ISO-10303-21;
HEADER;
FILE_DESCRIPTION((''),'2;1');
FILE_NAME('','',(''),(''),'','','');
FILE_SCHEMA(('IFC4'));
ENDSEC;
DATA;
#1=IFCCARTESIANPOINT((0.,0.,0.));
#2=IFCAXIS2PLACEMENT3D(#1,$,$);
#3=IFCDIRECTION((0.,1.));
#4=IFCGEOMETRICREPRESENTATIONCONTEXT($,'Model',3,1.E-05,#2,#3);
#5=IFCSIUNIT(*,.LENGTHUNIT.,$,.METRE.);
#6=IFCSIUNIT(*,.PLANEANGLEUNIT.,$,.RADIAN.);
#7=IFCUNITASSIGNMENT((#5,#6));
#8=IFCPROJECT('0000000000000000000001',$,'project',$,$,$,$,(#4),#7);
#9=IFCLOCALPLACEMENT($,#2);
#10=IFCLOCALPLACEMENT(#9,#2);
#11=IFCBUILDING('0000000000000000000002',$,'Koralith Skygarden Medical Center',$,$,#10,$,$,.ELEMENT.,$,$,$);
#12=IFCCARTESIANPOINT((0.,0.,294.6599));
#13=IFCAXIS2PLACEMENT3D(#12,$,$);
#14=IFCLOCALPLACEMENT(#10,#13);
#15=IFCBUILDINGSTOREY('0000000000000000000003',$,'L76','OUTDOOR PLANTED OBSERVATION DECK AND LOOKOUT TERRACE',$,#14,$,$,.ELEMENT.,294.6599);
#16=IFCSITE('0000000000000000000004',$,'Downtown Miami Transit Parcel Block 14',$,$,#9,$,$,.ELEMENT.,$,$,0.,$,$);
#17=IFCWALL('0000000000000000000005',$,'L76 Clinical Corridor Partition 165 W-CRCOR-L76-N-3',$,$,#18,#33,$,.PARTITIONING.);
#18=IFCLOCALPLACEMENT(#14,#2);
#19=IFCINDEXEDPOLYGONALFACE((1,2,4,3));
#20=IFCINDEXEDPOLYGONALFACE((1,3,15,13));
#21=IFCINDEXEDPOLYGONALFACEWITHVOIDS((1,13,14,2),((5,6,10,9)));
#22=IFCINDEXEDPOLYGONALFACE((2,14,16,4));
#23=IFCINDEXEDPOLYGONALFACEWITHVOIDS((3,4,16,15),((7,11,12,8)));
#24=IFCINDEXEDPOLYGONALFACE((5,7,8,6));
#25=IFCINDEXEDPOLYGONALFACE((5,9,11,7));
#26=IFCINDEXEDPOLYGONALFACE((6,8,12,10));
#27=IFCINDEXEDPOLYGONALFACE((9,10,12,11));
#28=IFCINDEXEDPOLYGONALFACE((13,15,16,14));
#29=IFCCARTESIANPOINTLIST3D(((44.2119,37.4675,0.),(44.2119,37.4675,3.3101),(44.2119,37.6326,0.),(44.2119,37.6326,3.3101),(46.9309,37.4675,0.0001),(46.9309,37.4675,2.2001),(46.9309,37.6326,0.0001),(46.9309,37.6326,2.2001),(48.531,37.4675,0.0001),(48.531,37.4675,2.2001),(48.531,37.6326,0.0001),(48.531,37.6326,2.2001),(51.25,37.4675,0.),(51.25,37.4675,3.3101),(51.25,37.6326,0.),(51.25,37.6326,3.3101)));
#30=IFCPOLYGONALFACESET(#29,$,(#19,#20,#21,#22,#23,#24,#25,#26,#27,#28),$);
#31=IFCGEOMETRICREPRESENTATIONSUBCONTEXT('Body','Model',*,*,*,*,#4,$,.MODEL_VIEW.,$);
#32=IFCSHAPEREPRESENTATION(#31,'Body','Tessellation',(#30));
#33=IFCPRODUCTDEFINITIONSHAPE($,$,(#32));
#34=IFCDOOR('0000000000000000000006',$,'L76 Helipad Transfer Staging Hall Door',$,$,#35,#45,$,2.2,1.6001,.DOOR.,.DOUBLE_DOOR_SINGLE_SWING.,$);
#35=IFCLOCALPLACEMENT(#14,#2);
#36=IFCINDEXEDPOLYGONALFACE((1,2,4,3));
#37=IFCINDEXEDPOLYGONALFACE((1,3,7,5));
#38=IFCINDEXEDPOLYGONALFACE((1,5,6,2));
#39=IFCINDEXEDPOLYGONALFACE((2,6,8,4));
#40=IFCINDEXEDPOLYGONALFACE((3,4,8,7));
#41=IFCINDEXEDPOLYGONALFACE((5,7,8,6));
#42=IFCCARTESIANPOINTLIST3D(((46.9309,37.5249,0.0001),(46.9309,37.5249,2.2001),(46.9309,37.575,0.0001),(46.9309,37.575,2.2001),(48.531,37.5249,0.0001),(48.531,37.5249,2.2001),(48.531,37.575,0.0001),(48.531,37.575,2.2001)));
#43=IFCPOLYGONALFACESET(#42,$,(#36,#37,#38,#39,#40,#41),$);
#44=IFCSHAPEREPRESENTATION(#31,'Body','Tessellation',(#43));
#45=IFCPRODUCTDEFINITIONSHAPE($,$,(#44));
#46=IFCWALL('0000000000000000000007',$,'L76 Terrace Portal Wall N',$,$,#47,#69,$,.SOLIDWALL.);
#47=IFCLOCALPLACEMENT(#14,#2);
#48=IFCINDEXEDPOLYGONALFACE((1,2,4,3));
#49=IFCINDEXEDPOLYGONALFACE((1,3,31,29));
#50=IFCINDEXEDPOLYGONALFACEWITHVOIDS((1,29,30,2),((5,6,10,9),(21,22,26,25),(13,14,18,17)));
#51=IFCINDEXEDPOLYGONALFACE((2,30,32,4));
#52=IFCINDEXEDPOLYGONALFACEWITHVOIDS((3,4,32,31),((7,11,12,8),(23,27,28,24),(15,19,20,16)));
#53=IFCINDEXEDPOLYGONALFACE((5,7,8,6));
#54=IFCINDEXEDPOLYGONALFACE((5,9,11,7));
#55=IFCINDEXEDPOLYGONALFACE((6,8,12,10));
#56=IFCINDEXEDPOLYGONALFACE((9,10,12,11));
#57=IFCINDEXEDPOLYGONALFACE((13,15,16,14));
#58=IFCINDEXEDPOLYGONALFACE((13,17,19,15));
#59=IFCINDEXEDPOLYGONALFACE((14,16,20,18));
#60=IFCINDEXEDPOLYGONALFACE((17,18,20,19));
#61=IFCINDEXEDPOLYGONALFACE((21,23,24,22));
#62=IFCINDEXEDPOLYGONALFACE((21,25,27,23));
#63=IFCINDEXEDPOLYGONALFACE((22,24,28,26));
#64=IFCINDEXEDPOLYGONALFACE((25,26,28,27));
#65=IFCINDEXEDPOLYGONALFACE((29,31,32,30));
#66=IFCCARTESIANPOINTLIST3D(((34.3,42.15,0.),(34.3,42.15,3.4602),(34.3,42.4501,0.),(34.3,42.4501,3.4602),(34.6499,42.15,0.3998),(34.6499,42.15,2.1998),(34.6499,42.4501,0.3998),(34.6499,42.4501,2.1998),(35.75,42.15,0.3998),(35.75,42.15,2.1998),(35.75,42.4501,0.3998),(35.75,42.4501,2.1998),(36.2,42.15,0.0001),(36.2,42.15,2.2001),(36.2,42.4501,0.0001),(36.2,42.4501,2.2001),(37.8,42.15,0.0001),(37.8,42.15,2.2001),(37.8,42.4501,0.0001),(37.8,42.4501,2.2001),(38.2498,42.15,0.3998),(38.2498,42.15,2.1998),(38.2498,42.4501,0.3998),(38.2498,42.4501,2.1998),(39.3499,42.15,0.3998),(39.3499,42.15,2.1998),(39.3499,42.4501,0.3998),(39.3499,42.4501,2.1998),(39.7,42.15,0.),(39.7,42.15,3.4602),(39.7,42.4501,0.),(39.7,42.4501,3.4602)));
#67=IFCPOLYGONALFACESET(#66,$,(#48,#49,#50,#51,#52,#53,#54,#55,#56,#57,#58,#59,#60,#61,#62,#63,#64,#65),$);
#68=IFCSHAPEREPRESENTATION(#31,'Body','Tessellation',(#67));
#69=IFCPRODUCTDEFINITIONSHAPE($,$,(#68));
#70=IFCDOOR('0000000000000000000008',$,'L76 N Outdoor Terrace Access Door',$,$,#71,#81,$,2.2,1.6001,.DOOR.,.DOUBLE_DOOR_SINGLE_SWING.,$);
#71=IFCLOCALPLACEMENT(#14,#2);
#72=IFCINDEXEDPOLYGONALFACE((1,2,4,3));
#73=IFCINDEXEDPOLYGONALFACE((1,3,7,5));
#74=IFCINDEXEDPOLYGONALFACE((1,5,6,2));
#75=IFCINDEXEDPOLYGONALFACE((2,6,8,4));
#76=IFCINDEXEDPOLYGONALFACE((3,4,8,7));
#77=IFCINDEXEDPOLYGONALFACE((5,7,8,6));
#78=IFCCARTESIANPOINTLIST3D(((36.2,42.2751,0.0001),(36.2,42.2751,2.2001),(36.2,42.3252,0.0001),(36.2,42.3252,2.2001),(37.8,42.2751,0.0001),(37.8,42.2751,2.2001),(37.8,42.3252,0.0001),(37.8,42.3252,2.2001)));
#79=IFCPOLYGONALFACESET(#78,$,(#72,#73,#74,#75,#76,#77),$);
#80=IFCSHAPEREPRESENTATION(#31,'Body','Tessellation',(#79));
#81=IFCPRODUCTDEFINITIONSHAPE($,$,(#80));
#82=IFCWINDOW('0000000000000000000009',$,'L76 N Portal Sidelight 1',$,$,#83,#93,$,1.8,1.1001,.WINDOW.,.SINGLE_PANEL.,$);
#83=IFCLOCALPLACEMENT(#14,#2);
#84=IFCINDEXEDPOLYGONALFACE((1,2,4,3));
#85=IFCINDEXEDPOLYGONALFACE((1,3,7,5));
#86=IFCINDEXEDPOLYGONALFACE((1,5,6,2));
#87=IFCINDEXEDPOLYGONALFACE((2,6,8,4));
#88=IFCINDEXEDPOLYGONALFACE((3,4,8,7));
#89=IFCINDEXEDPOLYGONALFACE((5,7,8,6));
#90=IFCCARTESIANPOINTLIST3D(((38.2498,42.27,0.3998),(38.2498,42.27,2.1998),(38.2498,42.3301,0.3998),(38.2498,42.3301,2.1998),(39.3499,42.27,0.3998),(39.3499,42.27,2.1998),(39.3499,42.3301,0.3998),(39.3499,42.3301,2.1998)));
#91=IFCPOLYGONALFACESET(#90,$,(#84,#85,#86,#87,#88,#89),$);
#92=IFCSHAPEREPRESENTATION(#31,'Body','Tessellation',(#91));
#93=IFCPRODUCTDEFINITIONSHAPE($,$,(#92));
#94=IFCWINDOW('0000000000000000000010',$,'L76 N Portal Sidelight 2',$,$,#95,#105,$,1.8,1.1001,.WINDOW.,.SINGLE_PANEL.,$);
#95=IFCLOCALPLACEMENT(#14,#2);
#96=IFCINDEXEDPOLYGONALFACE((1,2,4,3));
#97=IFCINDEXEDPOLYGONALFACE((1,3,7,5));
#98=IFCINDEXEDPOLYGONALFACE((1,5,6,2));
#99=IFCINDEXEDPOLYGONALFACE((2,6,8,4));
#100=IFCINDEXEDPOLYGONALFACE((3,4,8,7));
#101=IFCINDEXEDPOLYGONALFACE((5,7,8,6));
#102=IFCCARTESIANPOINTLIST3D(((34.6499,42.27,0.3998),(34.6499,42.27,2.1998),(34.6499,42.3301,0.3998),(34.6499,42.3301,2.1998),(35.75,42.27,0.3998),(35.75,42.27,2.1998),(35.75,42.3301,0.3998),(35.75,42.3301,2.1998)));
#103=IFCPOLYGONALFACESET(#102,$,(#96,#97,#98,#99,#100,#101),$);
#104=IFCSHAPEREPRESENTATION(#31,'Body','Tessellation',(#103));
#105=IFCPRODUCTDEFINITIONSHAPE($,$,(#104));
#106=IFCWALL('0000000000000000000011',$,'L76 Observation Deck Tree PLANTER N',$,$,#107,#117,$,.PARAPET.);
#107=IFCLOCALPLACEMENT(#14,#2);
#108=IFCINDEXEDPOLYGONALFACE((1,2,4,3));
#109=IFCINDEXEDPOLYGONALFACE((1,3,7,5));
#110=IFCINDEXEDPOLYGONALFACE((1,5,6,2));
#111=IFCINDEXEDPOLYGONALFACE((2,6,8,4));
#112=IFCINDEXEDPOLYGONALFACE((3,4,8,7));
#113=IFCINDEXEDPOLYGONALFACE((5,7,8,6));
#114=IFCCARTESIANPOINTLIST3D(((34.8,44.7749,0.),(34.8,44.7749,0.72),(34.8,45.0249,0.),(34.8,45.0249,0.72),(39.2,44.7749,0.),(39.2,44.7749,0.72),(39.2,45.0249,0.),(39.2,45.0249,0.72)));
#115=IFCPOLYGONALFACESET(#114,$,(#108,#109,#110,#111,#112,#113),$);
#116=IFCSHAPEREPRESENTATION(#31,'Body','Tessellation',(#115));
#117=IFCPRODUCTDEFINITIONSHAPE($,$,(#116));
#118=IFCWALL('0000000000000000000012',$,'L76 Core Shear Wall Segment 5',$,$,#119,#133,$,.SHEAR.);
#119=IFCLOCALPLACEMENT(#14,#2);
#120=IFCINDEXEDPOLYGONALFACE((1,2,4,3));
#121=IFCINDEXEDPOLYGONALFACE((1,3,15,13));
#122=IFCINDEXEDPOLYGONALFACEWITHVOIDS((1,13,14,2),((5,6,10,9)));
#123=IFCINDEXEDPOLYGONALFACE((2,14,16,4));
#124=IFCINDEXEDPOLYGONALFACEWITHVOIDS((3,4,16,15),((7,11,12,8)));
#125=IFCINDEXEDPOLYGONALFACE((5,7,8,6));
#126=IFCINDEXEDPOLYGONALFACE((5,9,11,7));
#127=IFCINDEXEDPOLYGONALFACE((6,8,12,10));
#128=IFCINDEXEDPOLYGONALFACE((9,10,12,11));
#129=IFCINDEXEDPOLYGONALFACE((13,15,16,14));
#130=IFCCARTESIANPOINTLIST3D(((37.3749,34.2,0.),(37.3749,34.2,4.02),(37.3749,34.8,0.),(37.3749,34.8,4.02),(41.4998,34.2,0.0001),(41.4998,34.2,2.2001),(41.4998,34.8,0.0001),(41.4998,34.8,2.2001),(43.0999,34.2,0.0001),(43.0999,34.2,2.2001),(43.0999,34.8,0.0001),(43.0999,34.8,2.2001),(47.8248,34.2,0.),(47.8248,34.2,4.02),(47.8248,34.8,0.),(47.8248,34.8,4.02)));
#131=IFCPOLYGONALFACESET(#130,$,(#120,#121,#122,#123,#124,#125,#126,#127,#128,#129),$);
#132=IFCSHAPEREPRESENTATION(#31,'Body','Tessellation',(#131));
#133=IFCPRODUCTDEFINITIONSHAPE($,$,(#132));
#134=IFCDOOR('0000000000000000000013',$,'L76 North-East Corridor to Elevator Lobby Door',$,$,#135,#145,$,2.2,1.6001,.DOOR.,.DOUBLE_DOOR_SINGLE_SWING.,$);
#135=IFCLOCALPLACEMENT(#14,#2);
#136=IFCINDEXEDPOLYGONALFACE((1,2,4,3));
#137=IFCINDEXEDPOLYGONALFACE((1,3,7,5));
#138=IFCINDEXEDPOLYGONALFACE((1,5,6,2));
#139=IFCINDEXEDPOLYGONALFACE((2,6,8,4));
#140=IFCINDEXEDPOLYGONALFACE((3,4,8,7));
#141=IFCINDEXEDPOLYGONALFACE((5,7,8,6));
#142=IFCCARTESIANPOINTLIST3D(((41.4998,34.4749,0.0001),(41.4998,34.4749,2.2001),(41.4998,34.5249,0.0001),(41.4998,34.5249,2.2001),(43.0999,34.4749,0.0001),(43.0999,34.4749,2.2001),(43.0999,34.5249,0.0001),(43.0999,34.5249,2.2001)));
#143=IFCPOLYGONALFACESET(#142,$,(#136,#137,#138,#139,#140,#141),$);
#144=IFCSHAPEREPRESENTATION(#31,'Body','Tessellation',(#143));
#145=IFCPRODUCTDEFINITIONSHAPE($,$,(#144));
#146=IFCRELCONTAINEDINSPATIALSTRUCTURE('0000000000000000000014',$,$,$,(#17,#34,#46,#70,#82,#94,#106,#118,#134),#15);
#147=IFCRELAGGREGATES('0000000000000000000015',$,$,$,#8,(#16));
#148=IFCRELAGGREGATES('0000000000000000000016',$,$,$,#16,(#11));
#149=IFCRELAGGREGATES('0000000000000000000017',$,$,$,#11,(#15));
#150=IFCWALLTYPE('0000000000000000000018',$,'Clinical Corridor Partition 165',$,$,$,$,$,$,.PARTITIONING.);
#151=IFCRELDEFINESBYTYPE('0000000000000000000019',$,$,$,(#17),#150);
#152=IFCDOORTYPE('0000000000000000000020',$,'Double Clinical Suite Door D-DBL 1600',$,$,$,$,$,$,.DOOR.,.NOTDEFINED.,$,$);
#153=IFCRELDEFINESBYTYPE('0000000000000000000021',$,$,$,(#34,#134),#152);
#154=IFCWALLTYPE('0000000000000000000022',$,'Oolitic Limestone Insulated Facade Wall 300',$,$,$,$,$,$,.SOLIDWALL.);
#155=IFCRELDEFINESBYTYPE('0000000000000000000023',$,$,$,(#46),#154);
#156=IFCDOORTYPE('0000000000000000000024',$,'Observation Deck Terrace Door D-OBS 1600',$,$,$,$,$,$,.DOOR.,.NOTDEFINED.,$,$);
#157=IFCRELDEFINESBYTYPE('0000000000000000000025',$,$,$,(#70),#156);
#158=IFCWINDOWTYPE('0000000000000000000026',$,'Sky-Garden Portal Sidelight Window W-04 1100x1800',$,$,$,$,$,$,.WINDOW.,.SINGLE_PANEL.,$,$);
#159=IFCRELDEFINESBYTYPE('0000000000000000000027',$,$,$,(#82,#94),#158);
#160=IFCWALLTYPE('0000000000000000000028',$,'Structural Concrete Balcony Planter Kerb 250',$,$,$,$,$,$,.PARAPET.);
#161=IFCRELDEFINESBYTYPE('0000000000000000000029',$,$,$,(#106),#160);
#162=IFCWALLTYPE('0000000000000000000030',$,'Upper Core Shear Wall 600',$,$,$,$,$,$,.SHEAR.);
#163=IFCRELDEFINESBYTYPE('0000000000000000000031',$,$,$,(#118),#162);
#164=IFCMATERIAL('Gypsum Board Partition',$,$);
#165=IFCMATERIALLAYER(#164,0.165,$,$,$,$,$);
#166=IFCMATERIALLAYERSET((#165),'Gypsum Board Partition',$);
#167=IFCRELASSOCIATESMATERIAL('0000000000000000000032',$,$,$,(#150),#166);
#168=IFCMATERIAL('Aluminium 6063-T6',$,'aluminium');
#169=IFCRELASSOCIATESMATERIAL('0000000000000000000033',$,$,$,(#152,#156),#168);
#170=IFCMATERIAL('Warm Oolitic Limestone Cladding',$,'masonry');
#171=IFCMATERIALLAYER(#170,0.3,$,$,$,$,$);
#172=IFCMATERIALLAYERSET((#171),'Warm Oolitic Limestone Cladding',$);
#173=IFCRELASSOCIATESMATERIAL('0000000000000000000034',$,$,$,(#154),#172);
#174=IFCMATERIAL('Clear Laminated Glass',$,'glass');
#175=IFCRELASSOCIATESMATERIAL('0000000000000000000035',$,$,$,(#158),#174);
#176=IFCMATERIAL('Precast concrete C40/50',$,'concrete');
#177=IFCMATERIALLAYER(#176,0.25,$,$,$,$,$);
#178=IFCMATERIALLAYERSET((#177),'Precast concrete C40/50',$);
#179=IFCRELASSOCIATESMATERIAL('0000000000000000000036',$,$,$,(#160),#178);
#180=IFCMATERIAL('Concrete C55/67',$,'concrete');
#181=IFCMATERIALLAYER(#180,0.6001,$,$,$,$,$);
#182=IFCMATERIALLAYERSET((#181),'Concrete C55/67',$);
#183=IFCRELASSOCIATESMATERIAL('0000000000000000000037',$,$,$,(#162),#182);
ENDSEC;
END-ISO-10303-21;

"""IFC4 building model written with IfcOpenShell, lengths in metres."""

from ifc_helpers import new_model, si_unit, direction, frame, frame_2d, origin, place, context, subcontext, project, spatial, rectangle, extrude, material, layer, layer_set, type_object, element, fill, save


model = new_model("IFC4")

# Units and contexts
model_context = context("Model", 3, precision=1e-05, world=origin(), true_north=direction((0.0, 1.0)))
body_context = subcontext(model_context, "Body", "Model", "MODEL_VIEW")
ifc_project = project(units=[si_unit("LENGTHUNIT", "METRE"), si_unit("PLANEANGLEUNIT", "RADIAN")], contexts=[model_context])

# Site, building, storey
site_placement = place(None, origin())
site = spatial("IfcSite", under=ifc_project, at=site_placement, Name="Downtown Miami Transit Parcel Block 14", CompositionType="ELEMENT", RefElevation=0.0)
building_placement = place(site_placement, origin())
building = spatial("IfcBuilding", under=site, at=building_placement, Name="Koralith Skygarden Medical Center", CompositionType="ELEMENT")
storey_placement = place(building_placement, frame((0.0, 0.0, 294.6599)))
storey = spatial("IfcBuildingStorey", under=building, at=storey_placement, Name="L76", Description="OUTDOOR PLANTED OBSERVATION DECK AND LOOKOUT TERRACE", CompositionType="ELEMENT", Elevation=294.6599)

# Shared definitions
ifc_material_1 = material(Name="Concrete C55/67", Category="concrete")

# Shared definitions
ifc_material_2 = material(Name="Clear Laminated Glass", Category="glass")
ifc_material_3 = material(Name="Aluminium 6063-T6", Category="aluminium")

# Shared definitions
ifc_material_4 = material(Name="Gypsum Board Partition")

# Wall, opening, door
ifc_layer_1 = layer(ifc_material_4, 0.165)
ifc_layer_set_1 = layer_set([ifc_layer_1], Name="Gypsum Board Partition")
wall_type_1 = type_object("IfcWallType", Name="Clinical Corridor Partition 165", PredefinedType="PARTITIONING", material=ifc_layer_set_1)
wall_1_placement = place(storey_placement, frame((44.2119, 37.55, 0.0), z_axis=(0.0, 0.0, 1.0), x_axis=(1.0, 0.0, 0.0)))
wall_1 = element("IfcWall", 1, at=wall_1_placement, inside=storey, type_object=wall_type_1, Name="L76 Clinical Corridor Partition 165 W-CRCOR-L76-N-3", PredefinedType="PARTITIONING", context=body_context, shape_type="SweptSolid", body=[
    extrude(rectangle(XDim=7.0381, YDim=0.165, at=frame_2d((3.519, 0.0))), origin(), (0.0, 0.0, 1.0), 3.3101),
])
opening_1_placement = place(wall_1_placement, frame((2.719, 0.0, 0.0)))
opening_1 = element("IfcOpeningElement", 2, at=opening_1_placement, cuts=wall_1, PredefinedType="OPENING", context=body_context, shape_type="SweptSolid", body=[
    extrude(rectangle(XDim=1.6001, YDim=2.2, at=frame_2d((0.8, 1.1001))), frame((0.0, 0.0925, 0.0), z_axis=(0.0, -1.0, 0.0), x_axis=(1.0, 0.0, 0.0)), (0.0, 0.0, 1.0), 0.1851),
])
door_type_1 = type_object("IfcDoorType", Name="Double Clinical Suite Door D-DBL 1600", OperationType="NOTDEFINED", PredefinedType="DOOR", material=ifc_material_3)
door_1_placement = place(opening_1_placement, origin())
door_1 = element("IfcDoor", 3, at=door_1_placement, inside=storey, type_object=door_type_1, Name="L76 Helipad Transfer Staging Hall Door", OperationType="DOUBLE_DOOR_SINGLE_SWING", OverallHeight=2.2, OverallWidth=1.6001, PredefinedType="DOOR", context=body_context, shape_type="SweptSolid", body=[
    extrude(rectangle(XDim=1.6001, YDim=2.2, at=frame_2d((0.8, 1.1001))), frame((0.0, 0.0249, 0.0), z_axis=(0.0, -1.0, 0.0), x_axis=(1.0, 0.0, 0.0)), (0.0, 0.0, 1.0), 0.05),
])
fill(opening_1, door_1)

# Wall, openings, door, windows
ifc_material_5 = material(Name="Warm Oolitic Limestone Cladding", Category="masonry")
ifc_layer_2 = layer(ifc_material_5, 0.3)
ifc_layer_set_2 = layer_set([ifc_layer_2], Name="Warm Oolitic Limestone Cladding")
wall_type_2 = type_object("IfcWallType", Name="Oolitic Limestone Insulated Facade Wall 300", PredefinedType="SOLIDWALL", material=ifc_layer_set_2)
wall_2_placement = place(storey_placement, frame((39.7, 42.3, 0.0), z_axis=(0.0, 0.0, 1.0), x_axis=(-1.0, 0.0, 0.0)))
wall_2 = element("IfcWall", 4, at=wall_2_placement, inside=storey, type_object=wall_type_2, Name="L76 Terrace Portal Wall N", PredefinedType="SOLIDWALL", context=body_context, shape_type="SweptSolid", body=[
    extrude(rectangle(XDim=5.3999, YDim=0.3, at=frame_2d((2.7, 0.0))), origin(), (0.0, 0.0, 1.0), 3.4602),
])
opening_2_placement = place(wall_2_placement, frame((1.8999, 0.0, 0.0)))
opening_2 = element("IfcOpeningElement", 5, at=opening_2_placement, cuts=wall_2, PredefinedType="OPENING", context=body_context, shape_type="SweptSolid", body=[
    extrude(rectangle(XDim=1.6001, YDim=2.2, at=frame_2d((0.8, 1.1001))), frame((0.0, 0.1599, 0.0), z_axis=(0.0, -1.0, 0.0), x_axis=(1.0, 0.0, 0.0)), (0.0, 0.0, 1.0), 0.3201),
])
opening_3_placement = place(wall_2_placement, frame((0.3501, 0.0, 0.3999)))
opening_3 = element("IfcOpeningElement", 6, at=opening_3_placement, cuts=wall_2, PredefinedType="OPENING", context=body_context, shape_type="SweptSolid", body=[
    extrude(rectangle(XDim=1.1001, YDim=1.8, at=frame_2d((0.55, 0.8999))), frame((0.0, 0.1599, 0.0), z_axis=(0.0, -1.0, 0.0), x_axis=(1.0, 0.0, 0.0)), (0.0, 0.0, 1.0), 0.3201),
])
opening_4_placement = place(wall_2_placement, frame((3.95, 0.0, 0.3999)))
opening_4 = element("IfcOpeningElement", 7, at=opening_4_placement, cuts=wall_2, PredefinedType="OPENING", context=body_context, shape_type="SweptSolid", body=[
    extrude(rectangle(XDim=1.1001, YDim=1.8, at=frame_2d((0.55, 0.8999))), frame((0.0, 0.1599, 0.0), z_axis=(0.0, -1.0, 0.0), x_axis=(1.0, 0.0, 0.0)), (0.0, 0.0, 1.0), 0.3201),
])
door_type_2 = type_object("IfcDoorType", Name="Observation Deck Terrace Door D-OBS 1600", OperationType="NOTDEFINED", PredefinedType="DOOR", material=ifc_material_3)
door_2_placement = place(opening_2_placement, origin())
door_2 = element("IfcDoor", 8, at=door_2_placement, inside=storey, type_object=door_type_2, Name="L76 N Outdoor Terrace Access Door", OperationType="DOUBLE_DOOR_SINGLE_SWING", OverallHeight=2.2, OverallWidth=1.6001, PredefinedType="DOOR", context=body_context, shape_type="SweptSolid", body=[
    extrude(rectangle(XDim=1.6001, YDim=2.2, at=frame_2d((0.8, 1.1001))), frame((0.0, 0.0249, 0.0), z_axis=(0.0, -1.0, 0.0), x_axis=(1.0, 0.0, 0.0)), (0.0, 0.0, 1.0), 0.05),
])
fill(opening_2, door_2)
window_type = type_object("IfcWindowType", Name="Sky-Garden Portal Sidelight Window W-04 1100x1800", PartitioningType="SINGLE_PANEL", PredefinedType="WINDOW", material=ifc_material_2)
window_1_placement = place(opening_3_placement, origin())
window_1 = element("IfcWindow", 9, at=window_1_placement, inside=storey, type_object=window_type, Name="L76 N Portal Sidelight 1", OverallHeight=1.8, OverallWidth=1.1001, PartitioningType="SINGLE_PANEL", PredefinedType="WINDOW", context=body_context, shape_type="SweptSolid", body=[
    extrude(rectangle(XDim=1.1001, YDim=1.8, at=frame_2d((0.55, 0.8999))), frame((0.0, 0.03, 0.0), z_axis=(0.0, -1.0, 0.0), x_axis=(1.0, 0.0, 0.0)), (0.0, 0.0, 1.0), 0.0601),
])
fill(opening_3, window_1)
window_2_placement = place(opening_4_placement, origin())
window_2 = element("IfcWindow", 10, at=window_2_placement, inside=storey, type_object=window_type, Name="L76 N Portal Sidelight 2", OverallHeight=1.8, OverallWidth=1.1001, PartitioningType="SINGLE_PANEL", PredefinedType="WINDOW", context=body_context, shape_type="SweptSolid", body=[
    extrude(rectangle(XDim=1.1001, YDim=1.8, at=frame_2d((0.55, 0.8999))), frame((0.0, 0.03, 0.0), z_axis=(0.0, -1.0, 0.0), x_axis=(1.0, 0.0, 0.0)), (0.0, 0.0, 1.0), 0.0601),
])
fill(opening_4, window_2)

# Wall
ifc_material_6 = material(Name="Precast concrete C40/50", Category="concrete")
ifc_layer_3 = layer(ifc_material_6, 0.25)
ifc_layer_set_3 = layer_set([ifc_layer_3], Name="Precast concrete C40/50")
wall_type_3 = type_object("IfcWallType", Name="Structural Concrete Balcony Planter Kerb 250", PredefinedType="PARAPET", material=ifc_layer_set_3)
wall_3_placement = place(storey_placement, frame((39.2, 44.8999, 0.0), z_axis=(0.0, 0.0, 1.0), x_axis=(-1.0, 0.0, 0.0)))
element("IfcWall", 11, at=wall_3_placement, inside=storey, type_object=wall_type_3, Name="L76 Observation Deck Tree PLANTER N", PredefinedType="PARAPET", context=body_context, shape_type="SweptSolid", body=[
    extrude(rectangle(XDim=4.3999, YDim=0.25, at=frame_2d((2.2, 0.0))), origin(), (0.0, 0.0, 1.0), 0.72),
])

# Wall, opening, door
ifc_layer_4 = layer(ifc_material_1, 0.6001)
ifc_layer_set_4 = layer_set([ifc_layer_4], Name="Concrete C55/67")
wall_type_4 = type_object("IfcWallType", Name="Upper Core Shear Wall 600", PredefinedType="SHEAR", material=ifc_layer_set_4)
wall_4_placement = place(storey_placement, frame((47.825, 34.5, 0.0), z_axis=(0.0, 0.0, 1.0), x_axis=(-1.0, 0.0, 0.0)))
wall_4 = element("IfcWall", 12, at=wall_4_placement, inside=storey, type_object=wall_type_4, Name="L76 Core Shear Wall Segment 5", PredefinedType="SHEAR", context=body_context, shape_type="SweptSolid", body=[
    extrude(rectangle(XDim=10.45, YDim=0.6001, at=frame_2d((5.2251, 0.0))), origin(), (0.0, 0.0, 1.0), 4.02),
])
opening_5_placement = place(wall_4_placement, frame((4.7251, 0.0, 0.0)))
opening_5 = element("IfcOpeningElement", 13, at=opening_5_placement, cuts=wall_4, PredefinedType="OPENING", context=body_context, shape_type="SweptSolid", body=[
    extrude(rectangle(XDim=1.6001, YDim=2.2, at=frame_2d((0.8, 1.1001))), frame((0.0, 0.3101, 0.0), z_axis=(0.0, -1.0, 0.0), x_axis=(1.0, 0.0, 0.0)), (0.0, 0.0, 1.0), 0.6201),
])
door_3_placement = place(opening_5_placement, frame((1.6001, 0.0, 0.0), z_axis=(0.0, 0.0, 1.0), x_axis=(-1.0, 0.0, 0.0)))
door_3 = element("IfcDoor", 14, at=door_3_placement, inside=storey, type_object=door_type_1, Name="L76 North-East Corridor to Elevator Lobby Door", OperationType="DOUBLE_DOOR_SINGLE_SWING", OverallHeight=2.2, OverallWidth=1.6001, PredefinedType="DOOR", context=body_context, shape_type="SweptSolid", body=[
    extrude(rectangle(XDim=1.6001, YDim=2.2, at=frame_2d((0.8, 1.1001))), frame((0.0, 0.0249, 0.0), z_axis=(0.0, -1.0, 0.0), x_axis=(1.0, 0.0, 0.0)), (0.0, 0.0, 1.0), 0.05),
])
fill(opening_5, door_3)

save(model, "model.ifc")
